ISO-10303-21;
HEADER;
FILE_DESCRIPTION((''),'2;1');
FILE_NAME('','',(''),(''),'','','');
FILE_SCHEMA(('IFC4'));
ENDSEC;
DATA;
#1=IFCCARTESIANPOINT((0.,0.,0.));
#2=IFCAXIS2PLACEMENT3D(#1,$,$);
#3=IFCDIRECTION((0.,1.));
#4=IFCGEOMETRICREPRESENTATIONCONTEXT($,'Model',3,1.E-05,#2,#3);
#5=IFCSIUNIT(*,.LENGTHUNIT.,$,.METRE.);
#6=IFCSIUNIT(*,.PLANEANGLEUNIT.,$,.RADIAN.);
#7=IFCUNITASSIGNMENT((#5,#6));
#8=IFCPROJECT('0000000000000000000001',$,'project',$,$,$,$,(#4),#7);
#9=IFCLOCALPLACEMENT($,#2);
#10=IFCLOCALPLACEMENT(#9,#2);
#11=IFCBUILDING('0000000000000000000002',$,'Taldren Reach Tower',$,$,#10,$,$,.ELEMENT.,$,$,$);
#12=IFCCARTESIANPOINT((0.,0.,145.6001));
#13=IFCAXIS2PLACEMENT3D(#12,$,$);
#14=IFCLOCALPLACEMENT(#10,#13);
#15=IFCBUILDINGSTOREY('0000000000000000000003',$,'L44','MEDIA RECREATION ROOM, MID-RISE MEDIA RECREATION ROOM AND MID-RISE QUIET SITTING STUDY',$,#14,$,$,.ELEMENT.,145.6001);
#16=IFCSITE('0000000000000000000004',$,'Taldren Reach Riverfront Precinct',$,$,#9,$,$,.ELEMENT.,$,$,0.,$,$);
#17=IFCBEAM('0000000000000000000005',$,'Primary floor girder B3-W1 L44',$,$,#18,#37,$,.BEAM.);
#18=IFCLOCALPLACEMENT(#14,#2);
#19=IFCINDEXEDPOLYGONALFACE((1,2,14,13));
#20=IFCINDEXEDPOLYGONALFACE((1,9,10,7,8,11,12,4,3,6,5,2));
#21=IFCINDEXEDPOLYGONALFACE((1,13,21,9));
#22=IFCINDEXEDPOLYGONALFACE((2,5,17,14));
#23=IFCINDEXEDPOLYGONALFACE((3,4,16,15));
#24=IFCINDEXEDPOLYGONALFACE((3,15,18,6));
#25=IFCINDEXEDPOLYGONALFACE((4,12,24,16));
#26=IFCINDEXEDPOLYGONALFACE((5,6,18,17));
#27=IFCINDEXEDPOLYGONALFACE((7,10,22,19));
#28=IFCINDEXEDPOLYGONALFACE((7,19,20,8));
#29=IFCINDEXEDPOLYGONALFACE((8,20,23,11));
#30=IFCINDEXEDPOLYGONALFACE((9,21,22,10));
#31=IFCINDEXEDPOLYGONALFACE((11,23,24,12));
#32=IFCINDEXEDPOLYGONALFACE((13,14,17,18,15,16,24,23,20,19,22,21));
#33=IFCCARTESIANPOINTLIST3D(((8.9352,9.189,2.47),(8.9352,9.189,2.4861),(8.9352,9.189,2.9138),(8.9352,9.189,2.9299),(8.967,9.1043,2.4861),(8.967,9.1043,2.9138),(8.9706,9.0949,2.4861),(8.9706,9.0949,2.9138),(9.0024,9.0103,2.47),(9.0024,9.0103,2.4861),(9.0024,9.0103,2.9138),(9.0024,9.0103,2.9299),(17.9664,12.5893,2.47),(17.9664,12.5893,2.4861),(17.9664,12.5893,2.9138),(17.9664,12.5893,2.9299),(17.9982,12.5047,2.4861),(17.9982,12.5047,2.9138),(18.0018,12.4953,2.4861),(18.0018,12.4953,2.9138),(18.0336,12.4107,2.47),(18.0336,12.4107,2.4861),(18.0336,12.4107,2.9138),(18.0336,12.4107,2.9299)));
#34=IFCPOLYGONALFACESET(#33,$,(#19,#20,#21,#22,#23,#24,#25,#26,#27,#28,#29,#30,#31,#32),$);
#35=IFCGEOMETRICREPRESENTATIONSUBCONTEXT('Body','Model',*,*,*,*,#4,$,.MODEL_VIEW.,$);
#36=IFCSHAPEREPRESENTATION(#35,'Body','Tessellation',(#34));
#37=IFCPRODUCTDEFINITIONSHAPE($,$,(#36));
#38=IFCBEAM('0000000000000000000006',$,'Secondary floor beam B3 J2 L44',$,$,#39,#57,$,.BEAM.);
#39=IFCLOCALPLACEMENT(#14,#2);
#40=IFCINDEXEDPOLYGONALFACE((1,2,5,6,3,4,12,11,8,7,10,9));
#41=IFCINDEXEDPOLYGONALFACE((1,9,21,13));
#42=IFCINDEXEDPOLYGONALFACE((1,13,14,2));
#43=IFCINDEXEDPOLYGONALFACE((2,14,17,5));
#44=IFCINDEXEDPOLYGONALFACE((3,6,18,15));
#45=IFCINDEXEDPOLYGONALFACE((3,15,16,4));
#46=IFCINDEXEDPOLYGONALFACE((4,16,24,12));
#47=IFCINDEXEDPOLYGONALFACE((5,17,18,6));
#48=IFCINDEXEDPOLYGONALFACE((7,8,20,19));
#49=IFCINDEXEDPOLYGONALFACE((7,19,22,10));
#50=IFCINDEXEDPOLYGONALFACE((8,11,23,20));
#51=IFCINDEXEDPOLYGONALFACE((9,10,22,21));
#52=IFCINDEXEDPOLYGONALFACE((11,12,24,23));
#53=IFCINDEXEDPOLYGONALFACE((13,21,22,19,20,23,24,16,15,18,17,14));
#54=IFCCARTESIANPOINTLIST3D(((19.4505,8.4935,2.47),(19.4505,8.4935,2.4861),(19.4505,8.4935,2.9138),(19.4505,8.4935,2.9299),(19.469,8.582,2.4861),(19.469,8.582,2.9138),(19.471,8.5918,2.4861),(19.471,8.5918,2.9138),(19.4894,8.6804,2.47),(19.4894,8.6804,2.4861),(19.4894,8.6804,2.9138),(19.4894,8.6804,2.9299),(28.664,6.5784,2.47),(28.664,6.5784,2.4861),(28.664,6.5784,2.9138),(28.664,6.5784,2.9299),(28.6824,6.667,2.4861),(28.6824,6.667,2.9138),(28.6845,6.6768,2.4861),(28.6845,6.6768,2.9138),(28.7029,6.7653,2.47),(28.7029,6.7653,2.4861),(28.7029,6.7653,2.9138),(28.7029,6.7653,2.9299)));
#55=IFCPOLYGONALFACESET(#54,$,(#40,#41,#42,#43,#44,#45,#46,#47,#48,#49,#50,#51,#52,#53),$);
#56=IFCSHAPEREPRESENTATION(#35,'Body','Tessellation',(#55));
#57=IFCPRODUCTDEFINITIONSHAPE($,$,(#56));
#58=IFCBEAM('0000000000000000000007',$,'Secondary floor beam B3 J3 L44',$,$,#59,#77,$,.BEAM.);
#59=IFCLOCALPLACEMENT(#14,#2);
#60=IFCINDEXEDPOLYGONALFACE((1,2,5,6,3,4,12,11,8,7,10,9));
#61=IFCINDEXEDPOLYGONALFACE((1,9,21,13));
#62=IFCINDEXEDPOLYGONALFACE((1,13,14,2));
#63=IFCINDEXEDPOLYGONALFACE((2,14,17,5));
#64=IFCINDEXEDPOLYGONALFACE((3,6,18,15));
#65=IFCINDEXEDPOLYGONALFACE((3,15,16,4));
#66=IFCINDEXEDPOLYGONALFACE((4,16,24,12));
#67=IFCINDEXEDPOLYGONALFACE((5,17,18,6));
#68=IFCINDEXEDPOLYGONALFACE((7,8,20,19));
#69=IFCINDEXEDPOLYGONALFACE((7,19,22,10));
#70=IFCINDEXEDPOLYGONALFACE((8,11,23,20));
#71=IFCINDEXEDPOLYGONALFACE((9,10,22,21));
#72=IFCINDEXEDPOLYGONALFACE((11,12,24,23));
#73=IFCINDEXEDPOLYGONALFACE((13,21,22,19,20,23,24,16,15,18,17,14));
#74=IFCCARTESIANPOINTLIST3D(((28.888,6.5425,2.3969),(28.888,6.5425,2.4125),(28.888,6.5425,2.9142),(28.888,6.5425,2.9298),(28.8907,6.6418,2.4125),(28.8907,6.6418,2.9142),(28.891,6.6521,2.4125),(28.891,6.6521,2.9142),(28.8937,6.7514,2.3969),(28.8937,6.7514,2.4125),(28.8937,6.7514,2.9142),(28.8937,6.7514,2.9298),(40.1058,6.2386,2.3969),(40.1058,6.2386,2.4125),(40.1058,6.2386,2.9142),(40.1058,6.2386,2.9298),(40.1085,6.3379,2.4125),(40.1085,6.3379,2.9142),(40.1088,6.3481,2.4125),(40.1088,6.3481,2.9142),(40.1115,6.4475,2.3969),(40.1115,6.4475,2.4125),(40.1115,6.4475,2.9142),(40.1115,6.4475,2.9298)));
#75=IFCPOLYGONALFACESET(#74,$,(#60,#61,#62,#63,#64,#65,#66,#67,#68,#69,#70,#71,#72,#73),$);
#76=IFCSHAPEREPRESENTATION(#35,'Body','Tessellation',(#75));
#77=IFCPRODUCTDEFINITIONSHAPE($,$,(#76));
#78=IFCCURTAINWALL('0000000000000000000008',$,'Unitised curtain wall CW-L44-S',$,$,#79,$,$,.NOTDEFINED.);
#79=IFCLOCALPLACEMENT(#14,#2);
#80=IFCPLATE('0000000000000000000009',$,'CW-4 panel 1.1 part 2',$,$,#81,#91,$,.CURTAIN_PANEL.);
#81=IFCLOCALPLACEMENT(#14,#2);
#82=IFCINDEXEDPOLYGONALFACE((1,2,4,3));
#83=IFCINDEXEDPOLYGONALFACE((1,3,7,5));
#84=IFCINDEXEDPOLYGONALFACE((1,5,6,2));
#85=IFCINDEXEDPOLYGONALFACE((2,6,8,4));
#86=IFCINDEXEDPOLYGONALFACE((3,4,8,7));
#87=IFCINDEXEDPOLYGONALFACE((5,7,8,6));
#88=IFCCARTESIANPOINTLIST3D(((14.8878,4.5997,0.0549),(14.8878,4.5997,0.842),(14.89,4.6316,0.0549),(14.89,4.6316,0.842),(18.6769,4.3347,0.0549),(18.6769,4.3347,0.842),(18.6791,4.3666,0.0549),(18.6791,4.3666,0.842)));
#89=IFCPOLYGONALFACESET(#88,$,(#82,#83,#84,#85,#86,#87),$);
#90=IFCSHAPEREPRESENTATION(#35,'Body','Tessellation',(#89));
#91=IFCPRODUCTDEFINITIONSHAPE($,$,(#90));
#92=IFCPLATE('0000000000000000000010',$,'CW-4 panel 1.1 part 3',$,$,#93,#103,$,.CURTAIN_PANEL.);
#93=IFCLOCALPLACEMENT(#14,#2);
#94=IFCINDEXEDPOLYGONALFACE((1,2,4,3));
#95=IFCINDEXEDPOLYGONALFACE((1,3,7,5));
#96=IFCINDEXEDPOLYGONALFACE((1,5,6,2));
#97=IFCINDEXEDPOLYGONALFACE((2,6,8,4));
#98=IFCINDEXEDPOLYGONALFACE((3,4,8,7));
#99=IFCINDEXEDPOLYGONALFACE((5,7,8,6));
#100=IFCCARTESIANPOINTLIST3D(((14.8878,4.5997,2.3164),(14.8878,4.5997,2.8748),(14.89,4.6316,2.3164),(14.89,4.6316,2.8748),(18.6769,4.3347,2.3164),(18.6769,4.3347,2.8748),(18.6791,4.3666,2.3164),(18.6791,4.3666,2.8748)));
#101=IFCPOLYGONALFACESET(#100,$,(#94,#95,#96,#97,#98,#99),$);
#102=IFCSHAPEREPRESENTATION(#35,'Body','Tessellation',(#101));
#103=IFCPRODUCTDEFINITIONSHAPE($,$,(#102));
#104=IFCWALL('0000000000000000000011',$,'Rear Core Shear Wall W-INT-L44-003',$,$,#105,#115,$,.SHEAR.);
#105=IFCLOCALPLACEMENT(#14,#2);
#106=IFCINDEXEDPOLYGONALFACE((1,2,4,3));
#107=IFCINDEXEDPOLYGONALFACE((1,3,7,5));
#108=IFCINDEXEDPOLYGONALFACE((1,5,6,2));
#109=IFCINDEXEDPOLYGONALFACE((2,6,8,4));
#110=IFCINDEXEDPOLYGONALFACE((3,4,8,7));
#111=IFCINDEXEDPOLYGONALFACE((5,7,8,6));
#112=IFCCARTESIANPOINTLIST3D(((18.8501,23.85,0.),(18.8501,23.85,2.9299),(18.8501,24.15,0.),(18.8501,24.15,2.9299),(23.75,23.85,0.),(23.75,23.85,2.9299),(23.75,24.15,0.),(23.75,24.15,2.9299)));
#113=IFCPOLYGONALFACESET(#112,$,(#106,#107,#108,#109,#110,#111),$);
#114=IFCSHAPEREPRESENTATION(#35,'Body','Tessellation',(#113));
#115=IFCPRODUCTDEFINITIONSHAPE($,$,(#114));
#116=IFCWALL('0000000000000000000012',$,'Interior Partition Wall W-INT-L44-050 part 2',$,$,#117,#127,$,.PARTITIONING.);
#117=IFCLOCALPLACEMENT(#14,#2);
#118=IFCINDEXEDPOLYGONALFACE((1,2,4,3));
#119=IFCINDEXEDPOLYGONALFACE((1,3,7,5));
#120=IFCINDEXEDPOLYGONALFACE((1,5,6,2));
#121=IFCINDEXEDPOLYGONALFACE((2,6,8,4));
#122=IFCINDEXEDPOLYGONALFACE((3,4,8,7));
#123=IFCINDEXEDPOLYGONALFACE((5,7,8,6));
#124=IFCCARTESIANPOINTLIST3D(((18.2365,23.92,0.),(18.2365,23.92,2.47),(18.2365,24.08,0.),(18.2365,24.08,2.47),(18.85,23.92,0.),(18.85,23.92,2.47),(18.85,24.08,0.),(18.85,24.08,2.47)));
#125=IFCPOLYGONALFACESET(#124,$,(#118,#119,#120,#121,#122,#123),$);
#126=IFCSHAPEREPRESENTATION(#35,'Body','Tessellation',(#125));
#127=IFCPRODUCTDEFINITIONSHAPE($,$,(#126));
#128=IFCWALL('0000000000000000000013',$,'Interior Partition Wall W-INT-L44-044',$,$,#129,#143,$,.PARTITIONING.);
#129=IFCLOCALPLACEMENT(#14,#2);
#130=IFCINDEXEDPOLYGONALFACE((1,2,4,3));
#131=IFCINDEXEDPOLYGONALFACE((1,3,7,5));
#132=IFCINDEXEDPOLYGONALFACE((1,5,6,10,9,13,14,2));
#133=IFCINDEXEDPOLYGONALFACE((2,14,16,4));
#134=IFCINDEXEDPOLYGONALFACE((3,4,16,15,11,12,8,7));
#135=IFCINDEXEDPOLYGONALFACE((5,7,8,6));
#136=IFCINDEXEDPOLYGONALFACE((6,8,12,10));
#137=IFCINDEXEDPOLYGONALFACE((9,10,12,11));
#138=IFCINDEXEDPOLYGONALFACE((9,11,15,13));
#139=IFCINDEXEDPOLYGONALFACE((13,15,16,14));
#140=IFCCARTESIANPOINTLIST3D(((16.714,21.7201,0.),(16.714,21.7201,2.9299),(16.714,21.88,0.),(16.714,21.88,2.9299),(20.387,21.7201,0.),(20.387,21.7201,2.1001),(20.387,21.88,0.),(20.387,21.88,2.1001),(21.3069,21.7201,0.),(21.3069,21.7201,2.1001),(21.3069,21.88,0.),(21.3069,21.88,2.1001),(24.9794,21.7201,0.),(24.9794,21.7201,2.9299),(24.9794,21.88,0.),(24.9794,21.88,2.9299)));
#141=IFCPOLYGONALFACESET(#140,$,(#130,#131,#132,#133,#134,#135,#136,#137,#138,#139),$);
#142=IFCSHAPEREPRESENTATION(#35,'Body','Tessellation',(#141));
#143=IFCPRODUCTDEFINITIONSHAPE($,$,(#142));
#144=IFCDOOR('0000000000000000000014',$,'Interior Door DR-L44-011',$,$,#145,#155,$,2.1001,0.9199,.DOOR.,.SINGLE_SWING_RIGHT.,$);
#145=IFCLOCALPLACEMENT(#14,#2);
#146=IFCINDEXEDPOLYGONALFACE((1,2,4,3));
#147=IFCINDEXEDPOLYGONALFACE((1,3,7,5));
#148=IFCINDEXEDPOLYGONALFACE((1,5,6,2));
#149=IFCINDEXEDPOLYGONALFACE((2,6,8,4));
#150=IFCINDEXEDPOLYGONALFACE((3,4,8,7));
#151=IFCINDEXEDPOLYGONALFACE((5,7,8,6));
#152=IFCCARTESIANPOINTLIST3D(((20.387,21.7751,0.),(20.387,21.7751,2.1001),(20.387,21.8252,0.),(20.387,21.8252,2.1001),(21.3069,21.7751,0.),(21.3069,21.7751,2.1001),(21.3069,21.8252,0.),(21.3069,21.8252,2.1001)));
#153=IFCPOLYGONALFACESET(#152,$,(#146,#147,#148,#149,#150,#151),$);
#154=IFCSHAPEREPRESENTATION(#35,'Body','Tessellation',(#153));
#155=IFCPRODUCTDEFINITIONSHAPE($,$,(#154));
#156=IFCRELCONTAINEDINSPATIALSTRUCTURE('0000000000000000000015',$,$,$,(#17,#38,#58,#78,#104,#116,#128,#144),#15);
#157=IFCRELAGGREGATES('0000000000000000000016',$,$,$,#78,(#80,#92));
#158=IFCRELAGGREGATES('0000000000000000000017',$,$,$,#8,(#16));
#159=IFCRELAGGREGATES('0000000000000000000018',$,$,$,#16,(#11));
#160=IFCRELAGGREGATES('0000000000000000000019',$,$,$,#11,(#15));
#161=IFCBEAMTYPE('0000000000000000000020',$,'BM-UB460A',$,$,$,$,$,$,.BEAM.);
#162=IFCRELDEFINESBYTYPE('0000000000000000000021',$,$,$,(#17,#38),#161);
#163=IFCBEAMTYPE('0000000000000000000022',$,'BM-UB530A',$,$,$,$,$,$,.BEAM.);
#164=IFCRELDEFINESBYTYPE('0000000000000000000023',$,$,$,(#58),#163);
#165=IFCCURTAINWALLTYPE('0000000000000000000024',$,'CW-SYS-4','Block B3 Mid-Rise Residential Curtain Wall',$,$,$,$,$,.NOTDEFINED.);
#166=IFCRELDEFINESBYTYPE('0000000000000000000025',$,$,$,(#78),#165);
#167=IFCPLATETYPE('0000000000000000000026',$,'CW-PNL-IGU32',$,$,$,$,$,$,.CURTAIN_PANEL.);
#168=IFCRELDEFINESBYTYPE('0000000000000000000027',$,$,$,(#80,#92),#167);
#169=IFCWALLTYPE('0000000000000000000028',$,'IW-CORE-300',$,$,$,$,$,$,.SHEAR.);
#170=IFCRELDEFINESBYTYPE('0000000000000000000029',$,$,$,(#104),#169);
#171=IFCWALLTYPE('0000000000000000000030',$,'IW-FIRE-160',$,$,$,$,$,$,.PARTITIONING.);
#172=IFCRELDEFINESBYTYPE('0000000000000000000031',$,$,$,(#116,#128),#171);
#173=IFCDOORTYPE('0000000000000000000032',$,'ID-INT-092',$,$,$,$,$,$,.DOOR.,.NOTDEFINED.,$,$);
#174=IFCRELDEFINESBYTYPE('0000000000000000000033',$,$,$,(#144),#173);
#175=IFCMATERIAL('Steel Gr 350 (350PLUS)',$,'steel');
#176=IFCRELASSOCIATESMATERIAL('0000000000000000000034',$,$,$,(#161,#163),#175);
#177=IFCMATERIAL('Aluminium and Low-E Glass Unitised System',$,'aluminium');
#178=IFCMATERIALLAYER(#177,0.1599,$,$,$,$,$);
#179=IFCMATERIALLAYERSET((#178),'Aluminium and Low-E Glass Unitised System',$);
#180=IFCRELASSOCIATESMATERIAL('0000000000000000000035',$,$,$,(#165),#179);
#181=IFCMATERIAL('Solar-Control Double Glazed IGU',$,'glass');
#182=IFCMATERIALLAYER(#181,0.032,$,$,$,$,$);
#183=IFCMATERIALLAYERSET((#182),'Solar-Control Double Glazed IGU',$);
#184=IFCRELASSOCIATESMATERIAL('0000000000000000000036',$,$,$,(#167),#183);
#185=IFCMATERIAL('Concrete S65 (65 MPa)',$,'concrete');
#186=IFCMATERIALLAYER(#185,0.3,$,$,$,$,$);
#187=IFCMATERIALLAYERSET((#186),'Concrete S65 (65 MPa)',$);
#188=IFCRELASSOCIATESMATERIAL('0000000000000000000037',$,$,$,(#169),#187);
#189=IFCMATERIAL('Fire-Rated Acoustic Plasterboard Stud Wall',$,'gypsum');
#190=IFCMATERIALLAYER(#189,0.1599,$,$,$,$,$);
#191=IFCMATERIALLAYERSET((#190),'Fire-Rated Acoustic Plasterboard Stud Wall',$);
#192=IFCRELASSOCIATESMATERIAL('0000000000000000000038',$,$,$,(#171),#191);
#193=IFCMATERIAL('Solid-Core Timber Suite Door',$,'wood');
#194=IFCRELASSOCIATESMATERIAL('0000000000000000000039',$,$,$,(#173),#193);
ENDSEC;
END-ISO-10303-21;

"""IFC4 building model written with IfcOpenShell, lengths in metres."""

from ifc_helpers import new_model, si_unit, direction, frame, frame_2d, origin, origin_2d, place, context, subcontext, project, spatial, rectangle, i_section, extrude, source, transform, mapped, material, layer, layer_set, material_profile, profile_set, type_object, element, fill, aggregate, save


model = new_model("IFC4")

# Units and contexts
model_context = context("Model", 3, precision=1e-05, world=origin(), true_north=direction((0.0, 1.0)))
body_context = subcontext(model_context, "Body", "Model", "MODEL_VIEW")
ifc_project = project(units=[si_unit("LENGTHUNIT", "METRE"), si_unit("PLANEANGLEUNIT", "RADIAN")], contexts=[model_context])

# Site, building, storey
site_placement = place(None, origin())
site = spatial("IfcSite", under=ifc_project, at=site_placement, Name="Taldren Reach Riverfront Precinct", CompositionType="ELEMENT", RefElevation=0.0)
building_placement = place(site_placement, origin())
building = spatial("IfcBuilding", under=site, at=building_placement, Name="Taldren Reach Tower", CompositionType="ELEMENT")
storey_placement = place(building_placement, frame((0.0, 0.0, 145.6001)))
storey = spatial("IfcBuildingStorey", under=building, at=storey_placement, Name="L44", Description="MEDIA RECREATION ROOM, MID-RISE MEDIA RECREATION ROOM AND MID-RISE QUIET SITTING STUDY", CompositionType="ELEMENT", Elevation=145.6001)

# Shared definitions
ifc_material_1 = material(Name="Steel Gr 350 (350PLUS)", Category="steel")

# Shared definitions
ifc_material_profile_1 = material_profile(ifc_material_1, i_section(OverallWidth=0.1909, OverallDepth=0.46, WebThickness=0.01, FlangeThickness=0.0161, at=origin_2d()), Name="460UB82.1")
ifc_profile_set_1 = profile_set([ifc_material_profile_1], Name="Steel Gr 350 (350PLUS)")
beam_type_1 = type_object("IfcBeamType", Name="BM-UB460A", PredefinedType="BEAM", material=ifc_profile_set_1)
ifc_material_profile_2 = material_profile(ifc_material_1, i_section(OverallWidth=0.209, OverallDepth=0.533, WebThickness=0.0103, FlangeThickness=0.0156, at=origin_2d()), Name="530UB92.4")
ifc_profile_set_2 = profile_set([ifc_material_profile_2], Name="Steel Gr 350 (350PLUS)")
beam_type_2 = type_object("IfcBeamType", Name="BM-UB530A", PredefinedType="BEAM", material=ifc_profile_set_2)

# Beams
shared_shape_1 = source(origin(), body_context, "Body", "SweptSolid", [
    extrude(i_section(OverallWidth=0.1909, OverallDepth=0.46, WebThickness=0.01, FlangeThickness=0.0161, at=origin_2d()), origin(), (0.0, 0.0, 1.0), 9.6501),
])
beam_1_placement = place(storey_placement, frame((18.0, 12.5, 2.7), z_axis=(-0.935863, -0.352365, 0.0), x_axis=(0.352365, -0.935863, 0.0)))
element("IfcBeam", 1, at=beam_1_placement, inside=storey, type_object=beam_type_1, Name="Primary floor girder B3-W1 L44", PredefinedType="BEAM", context=body_context, shape_type="MappedRepresentation", body=[
    mapped(shared_shape_1, transform((0.0, 0.0, 0.0), scale=1.0)),
])
shared_shape_2 = source(origin(), body_context, "Body", "SweptSolid", [
    extrude(i_section(OverallWidth=0.1909, OverallDepth=0.46, WebThickness=0.01, FlangeThickness=0.0161, at=origin_2d()), origin(), (0.0, 0.0, 1.0), 9.4104),
])
beam_2_placement = place(storey_placement, frame((19.47, 8.5869, 2.7), z_axis=(0.979074, -0.203505, 0.0), x_axis=(0.203505, 0.979074, 0.0)))
element("IfcBeam", 2, at=beam_2_placement, inside=storey, type_object=beam_type_1, Name="Secondary floor beam B3 J2 L44", PredefinedType="BEAM", context=body_context, shape_type="MappedRepresentation", body=[
    mapped(shared_shape_2, transform((0.0, 0.0, 0.0), scale=1.0)),
])
shared_shape_3 = source(origin(), body_context, "Body", "SweptSolid", [
    extrude(i_section(OverallWidth=0.209, OverallDepth=0.533, WebThickness=0.0103, FlangeThickness=0.0156, at=origin_2d()), origin(), (0.0, 0.0, 1.0), 11.2219),
])
beam_3_placement = place(storey_placement, frame((28.8909, 6.647, 2.6633), z_axis=(0.999633, -0.027086, 0.0), x_axis=(0.027086, 0.999633, 0.0)))
element("IfcBeam", 3, at=beam_3_placement, inside=storey, type_object=beam_type_2, Name="Secondary floor beam B3 J3 L44", PredefinedType="BEAM", context=body_context, shape_type="MappedRepresentation", body=[
    mapped(shared_shape_3, transform((0.0, 0.0, 0.0), scale=1.0)),
])

# Curtain wall, plates
ifc_material_2 = material(Name="Aluminium and Low-E Glass Unitised System", Category="aluminium")
ifc_layer_1 = layer(ifc_material_2, 0.1599)
ifc_layer_set_1 = layer_set([ifc_layer_1], Name="Aluminium and Low-E Glass Unitised System")
curtain_wall_type = type_object("IfcCurtainWallType", Name="CW-SYS-4", Description="Block B3 Mid-Rise Residential Curtain Wall", PredefinedType="NOTDEFINED", material=ifc_layer_set_1)
curtain_wall_placement = place(storey_placement, origin())
curtain_wall = element("IfcCurtainWall", 4, at=curtain_wall_placement, inside=storey, type_object=curtain_wall_type, Name="Unitised curtain wall CW-L44-S", PredefinedType="NOTDEFINED")
ifc_material_3 = material(Name="Solar-Control Double Glazed IGU", Category="glass")
ifc_layer_2 = layer(ifc_material_3, 0.032)
ifc_layer_set_2 = layer_set([ifc_layer_2], Name="Solar-Control Double Glazed IGU")
plate_type = type_object("IfcPlateType", Name="CW-PNL-IGU32", PredefinedType="CURTAIN_PANEL", material=ifc_layer_set_2)
shared_shape_4 = source(origin(), body_context, "Body", "SweptSolid", [
    extrude(rectangle(XDim=3.7983, YDim=0.032, at=origin_2d()), origin(), (0.0, 0.0, 1.0), 0.7871),
])
plate_1_placement = place(storey_placement, frame((16.7834, 4.4832, 0.0549), z_axis=(0.0, 0.0, 1.0), x_axis=(0.997564, -0.069757, 0.0)))
plate_1 = element("IfcPlate", 5, at=plate_1_placement, type_object=plate_type, Name="CW-4 panel 1.1 part 2", PredefinedType="CURTAIN_PANEL", context=body_context, shape_type="MappedRepresentation", body=[
    mapped(shared_shape_4, transform((0.0, 0.0, 0.0), scale=1.0)),
])
shared_shape_5 = source(origin(), body_context, "Body", "SweptSolid", [
    extrude(rectangle(XDim=3.7983, YDim=0.032, at=origin_2d()), origin(), (0.0, 0.0, 1.0), 0.5583),
])
plate_2_placement = place(storey_placement, frame((16.7834, 4.4832, 2.3164), z_axis=(0.0, 0.0, 1.0), x_axis=(0.997564, -0.069757, 0.0)))
plate_2 = element("IfcPlate", 6, at=plate_2_placement, type_object=plate_type, Name="CW-4 panel 1.1 part 3", PredefinedType="CURTAIN_PANEL", context=body_context, shape_type="MappedRepresentation", body=[
    mapped(shared_shape_5, transform((0.0, 0.0, 0.0), scale=1.0)),
])
aggregate(curtain_wall, [plate_1, plate_2])

# Walls
ifc_material_4 = material(Name="Concrete S65 (65 MPa)", Category="concrete")
ifc_layer_3 = layer(ifc_material_4, 0.3)
ifc_layer_set_3 = layer_set([ifc_layer_3], Name="Concrete S65 (65 MPa)")
wall_type_1 = type_object("IfcWallType", Name="IW-CORE-300", PredefinedType="SHEAR", material=ifc_layer_set_3)
shared_shape_6 = source(origin(), body_context, "Body", "SweptSolid", [
    extrude(rectangle(XDim=4.8999, YDim=0.3, at=frame_2d((2.45, 0.0))), origin(), (0.0, 0.0, 1.0), 2.9299),
])
wall_1_placement = place(storey_placement, frame((18.8501, 24.0, 0.0), z_axis=(0.0, 0.0, 1.0), x_axis=(1.0, 0.0, 0.0)))
element("IfcWall", 7, at=wall_1_placement, inside=storey, type_object=wall_type_1, Name="Rear Core Shear Wall W-INT-L44-003", PredefinedType="SHEAR", context=body_context, shape_type="MappedRepresentation", body=[
    mapped(shared_shape_6, transform((0.0, 0.0, 0.0), scale=1.0)),
])
ifc_material_5 = material(Name="Fire-Rated Acoustic Plasterboard Stud Wall", Category="gypsum")
ifc_layer_4 = layer(ifc_material_5, 0.1599)
ifc_layer_set_4 = layer_set([ifc_layer_4], Name="Fire-Rated Acoustic Plasterboard Stud Wall")
wall_type_2 = type_object("IfcWallType", Name="IW-FIRE-160", PredefinedType="PARTITIONING", material=ifc_layer_set_4)
shared_shape_7 = source(origin(), body_context, "Body", "SweptSolid", [
    extrude(rectangle(XDim=0.6135, YDim=0.1599, at=frame_2d((0.3066, 0.0))), origin(), (0.0, 0.0, 1.0), 2.47),
])
wall_2_placement = place(storey_placement, frame((18.2366, 24.0, 0.0), z_axis=(0.0, 0.0, 1.0), x_axis=(1.0, 0.0, 0.0)))
element("IfcWall", 8, at=wall_2_placement, inside=storey, type_object=wall_type_2, Name="Interior Partition Wall W-INT-L44-050 part 2", PredefinedType="PARTITIONING", context=body_context, shape_type="MappedRepresentation", body=[
    mapped(shared_shape_7, transform((0.0, 0.0, 0.0), scale=1.0)),
])

# Wall, opening, door
shared_shape_8 = source(origin(), body_context, "Body", "SweptSolid", [
    extrude(rectangle(XDim=8.2654, YDim=0.1599, at=frame_2d((4.1328, 0.0))), origin(), (0.0, 0.0, 1.0), 2.9299),
])
wall_3_placement = place(storey_placement, frame((24.9795, 21.8, 0.0), z_axis=(0.0, 0.0, 1.0), x_axis=(-1.0, 0.0, 0.0)))
wall_3 = element("IfcWall", 9, at=wall_3_placement, inside=storey, type_object=wall_type_2, Name="Interior Partition Wall W-INT-L44-044", PredefinedType="PARTITIONING", context=body_context, shape_type="MappedRepresentation", body=[
    mapped(shared_shape_8, transform((0.0, 0.0, 0.0), scale=1.0)),
])
shared_shape_9 = source(origin(), body_context, "Body", "SweptSolid", [
    extrude(rectangle(XDim=0.9199, YDim=2.1001, at=frame_2d((0.46, 1.05))), frame((0.0, 0.0898, 0.0), z_axis=(0.0, -1.0, 0.0), x_axis=(1.0, 0.0, 0.0)), (0.0, 0.0, 1.0), 0.1799),
])
opening_placement = place(wall_3_placement, frame((3.6726, 0.0, 0.0)))
opening = element("IfcOpeningElement", 10, at=opening_placement, cuts=wall_3, PredefinedType="OPENING", context=body_context, shape_type="MappedRepresentation", body=[
    mapped(shared_shape_9, transform((0.0, 0.0, 0.0), scale=1.0)),
])
ifc_material_6 = material(Name="Solid-Core Timber Suite Door", Category="wood")
door_type = type_object("IfcDoorType", Name="ID-INT-092", OperationType="NOTDEFINED", PredefinedType="DOOR", material=ifc_material_6)
shared_shape_10 = source(origin(), body_context, "Body", "SweptSolid", [
    extrude(rectangle(XDim=0.9199, YDim=2.1001, at=frame_2d((0.46, 1.05))), frame((0.0, 0.0249, 0.0), z_axis=(0.0, -1.0, 0.0), x_axis=(1.0, 0.0, 0.0)), (0.0, 0.0, 1.0), 0.05),
])
door_placement = place(opening_placement, origin())
door = element("IfcDoor", 11, at=door_placement, inside=storey, type_object=door_type, Name="Interior Door DR-L44-011", OperationType="SINGLE_SWING_RIGHT", OverallHeight=2.1001, OverallWidth=0.9199, PredefinedType="DOOR", context=body_context, shape_type="MappedRepresentation", body=[
    mapped(shared_shape_10, transform((0.0, 0.0, 0.0), scale=1.0)),
])
fill(opening, door)

save(model, "model.ifc")
